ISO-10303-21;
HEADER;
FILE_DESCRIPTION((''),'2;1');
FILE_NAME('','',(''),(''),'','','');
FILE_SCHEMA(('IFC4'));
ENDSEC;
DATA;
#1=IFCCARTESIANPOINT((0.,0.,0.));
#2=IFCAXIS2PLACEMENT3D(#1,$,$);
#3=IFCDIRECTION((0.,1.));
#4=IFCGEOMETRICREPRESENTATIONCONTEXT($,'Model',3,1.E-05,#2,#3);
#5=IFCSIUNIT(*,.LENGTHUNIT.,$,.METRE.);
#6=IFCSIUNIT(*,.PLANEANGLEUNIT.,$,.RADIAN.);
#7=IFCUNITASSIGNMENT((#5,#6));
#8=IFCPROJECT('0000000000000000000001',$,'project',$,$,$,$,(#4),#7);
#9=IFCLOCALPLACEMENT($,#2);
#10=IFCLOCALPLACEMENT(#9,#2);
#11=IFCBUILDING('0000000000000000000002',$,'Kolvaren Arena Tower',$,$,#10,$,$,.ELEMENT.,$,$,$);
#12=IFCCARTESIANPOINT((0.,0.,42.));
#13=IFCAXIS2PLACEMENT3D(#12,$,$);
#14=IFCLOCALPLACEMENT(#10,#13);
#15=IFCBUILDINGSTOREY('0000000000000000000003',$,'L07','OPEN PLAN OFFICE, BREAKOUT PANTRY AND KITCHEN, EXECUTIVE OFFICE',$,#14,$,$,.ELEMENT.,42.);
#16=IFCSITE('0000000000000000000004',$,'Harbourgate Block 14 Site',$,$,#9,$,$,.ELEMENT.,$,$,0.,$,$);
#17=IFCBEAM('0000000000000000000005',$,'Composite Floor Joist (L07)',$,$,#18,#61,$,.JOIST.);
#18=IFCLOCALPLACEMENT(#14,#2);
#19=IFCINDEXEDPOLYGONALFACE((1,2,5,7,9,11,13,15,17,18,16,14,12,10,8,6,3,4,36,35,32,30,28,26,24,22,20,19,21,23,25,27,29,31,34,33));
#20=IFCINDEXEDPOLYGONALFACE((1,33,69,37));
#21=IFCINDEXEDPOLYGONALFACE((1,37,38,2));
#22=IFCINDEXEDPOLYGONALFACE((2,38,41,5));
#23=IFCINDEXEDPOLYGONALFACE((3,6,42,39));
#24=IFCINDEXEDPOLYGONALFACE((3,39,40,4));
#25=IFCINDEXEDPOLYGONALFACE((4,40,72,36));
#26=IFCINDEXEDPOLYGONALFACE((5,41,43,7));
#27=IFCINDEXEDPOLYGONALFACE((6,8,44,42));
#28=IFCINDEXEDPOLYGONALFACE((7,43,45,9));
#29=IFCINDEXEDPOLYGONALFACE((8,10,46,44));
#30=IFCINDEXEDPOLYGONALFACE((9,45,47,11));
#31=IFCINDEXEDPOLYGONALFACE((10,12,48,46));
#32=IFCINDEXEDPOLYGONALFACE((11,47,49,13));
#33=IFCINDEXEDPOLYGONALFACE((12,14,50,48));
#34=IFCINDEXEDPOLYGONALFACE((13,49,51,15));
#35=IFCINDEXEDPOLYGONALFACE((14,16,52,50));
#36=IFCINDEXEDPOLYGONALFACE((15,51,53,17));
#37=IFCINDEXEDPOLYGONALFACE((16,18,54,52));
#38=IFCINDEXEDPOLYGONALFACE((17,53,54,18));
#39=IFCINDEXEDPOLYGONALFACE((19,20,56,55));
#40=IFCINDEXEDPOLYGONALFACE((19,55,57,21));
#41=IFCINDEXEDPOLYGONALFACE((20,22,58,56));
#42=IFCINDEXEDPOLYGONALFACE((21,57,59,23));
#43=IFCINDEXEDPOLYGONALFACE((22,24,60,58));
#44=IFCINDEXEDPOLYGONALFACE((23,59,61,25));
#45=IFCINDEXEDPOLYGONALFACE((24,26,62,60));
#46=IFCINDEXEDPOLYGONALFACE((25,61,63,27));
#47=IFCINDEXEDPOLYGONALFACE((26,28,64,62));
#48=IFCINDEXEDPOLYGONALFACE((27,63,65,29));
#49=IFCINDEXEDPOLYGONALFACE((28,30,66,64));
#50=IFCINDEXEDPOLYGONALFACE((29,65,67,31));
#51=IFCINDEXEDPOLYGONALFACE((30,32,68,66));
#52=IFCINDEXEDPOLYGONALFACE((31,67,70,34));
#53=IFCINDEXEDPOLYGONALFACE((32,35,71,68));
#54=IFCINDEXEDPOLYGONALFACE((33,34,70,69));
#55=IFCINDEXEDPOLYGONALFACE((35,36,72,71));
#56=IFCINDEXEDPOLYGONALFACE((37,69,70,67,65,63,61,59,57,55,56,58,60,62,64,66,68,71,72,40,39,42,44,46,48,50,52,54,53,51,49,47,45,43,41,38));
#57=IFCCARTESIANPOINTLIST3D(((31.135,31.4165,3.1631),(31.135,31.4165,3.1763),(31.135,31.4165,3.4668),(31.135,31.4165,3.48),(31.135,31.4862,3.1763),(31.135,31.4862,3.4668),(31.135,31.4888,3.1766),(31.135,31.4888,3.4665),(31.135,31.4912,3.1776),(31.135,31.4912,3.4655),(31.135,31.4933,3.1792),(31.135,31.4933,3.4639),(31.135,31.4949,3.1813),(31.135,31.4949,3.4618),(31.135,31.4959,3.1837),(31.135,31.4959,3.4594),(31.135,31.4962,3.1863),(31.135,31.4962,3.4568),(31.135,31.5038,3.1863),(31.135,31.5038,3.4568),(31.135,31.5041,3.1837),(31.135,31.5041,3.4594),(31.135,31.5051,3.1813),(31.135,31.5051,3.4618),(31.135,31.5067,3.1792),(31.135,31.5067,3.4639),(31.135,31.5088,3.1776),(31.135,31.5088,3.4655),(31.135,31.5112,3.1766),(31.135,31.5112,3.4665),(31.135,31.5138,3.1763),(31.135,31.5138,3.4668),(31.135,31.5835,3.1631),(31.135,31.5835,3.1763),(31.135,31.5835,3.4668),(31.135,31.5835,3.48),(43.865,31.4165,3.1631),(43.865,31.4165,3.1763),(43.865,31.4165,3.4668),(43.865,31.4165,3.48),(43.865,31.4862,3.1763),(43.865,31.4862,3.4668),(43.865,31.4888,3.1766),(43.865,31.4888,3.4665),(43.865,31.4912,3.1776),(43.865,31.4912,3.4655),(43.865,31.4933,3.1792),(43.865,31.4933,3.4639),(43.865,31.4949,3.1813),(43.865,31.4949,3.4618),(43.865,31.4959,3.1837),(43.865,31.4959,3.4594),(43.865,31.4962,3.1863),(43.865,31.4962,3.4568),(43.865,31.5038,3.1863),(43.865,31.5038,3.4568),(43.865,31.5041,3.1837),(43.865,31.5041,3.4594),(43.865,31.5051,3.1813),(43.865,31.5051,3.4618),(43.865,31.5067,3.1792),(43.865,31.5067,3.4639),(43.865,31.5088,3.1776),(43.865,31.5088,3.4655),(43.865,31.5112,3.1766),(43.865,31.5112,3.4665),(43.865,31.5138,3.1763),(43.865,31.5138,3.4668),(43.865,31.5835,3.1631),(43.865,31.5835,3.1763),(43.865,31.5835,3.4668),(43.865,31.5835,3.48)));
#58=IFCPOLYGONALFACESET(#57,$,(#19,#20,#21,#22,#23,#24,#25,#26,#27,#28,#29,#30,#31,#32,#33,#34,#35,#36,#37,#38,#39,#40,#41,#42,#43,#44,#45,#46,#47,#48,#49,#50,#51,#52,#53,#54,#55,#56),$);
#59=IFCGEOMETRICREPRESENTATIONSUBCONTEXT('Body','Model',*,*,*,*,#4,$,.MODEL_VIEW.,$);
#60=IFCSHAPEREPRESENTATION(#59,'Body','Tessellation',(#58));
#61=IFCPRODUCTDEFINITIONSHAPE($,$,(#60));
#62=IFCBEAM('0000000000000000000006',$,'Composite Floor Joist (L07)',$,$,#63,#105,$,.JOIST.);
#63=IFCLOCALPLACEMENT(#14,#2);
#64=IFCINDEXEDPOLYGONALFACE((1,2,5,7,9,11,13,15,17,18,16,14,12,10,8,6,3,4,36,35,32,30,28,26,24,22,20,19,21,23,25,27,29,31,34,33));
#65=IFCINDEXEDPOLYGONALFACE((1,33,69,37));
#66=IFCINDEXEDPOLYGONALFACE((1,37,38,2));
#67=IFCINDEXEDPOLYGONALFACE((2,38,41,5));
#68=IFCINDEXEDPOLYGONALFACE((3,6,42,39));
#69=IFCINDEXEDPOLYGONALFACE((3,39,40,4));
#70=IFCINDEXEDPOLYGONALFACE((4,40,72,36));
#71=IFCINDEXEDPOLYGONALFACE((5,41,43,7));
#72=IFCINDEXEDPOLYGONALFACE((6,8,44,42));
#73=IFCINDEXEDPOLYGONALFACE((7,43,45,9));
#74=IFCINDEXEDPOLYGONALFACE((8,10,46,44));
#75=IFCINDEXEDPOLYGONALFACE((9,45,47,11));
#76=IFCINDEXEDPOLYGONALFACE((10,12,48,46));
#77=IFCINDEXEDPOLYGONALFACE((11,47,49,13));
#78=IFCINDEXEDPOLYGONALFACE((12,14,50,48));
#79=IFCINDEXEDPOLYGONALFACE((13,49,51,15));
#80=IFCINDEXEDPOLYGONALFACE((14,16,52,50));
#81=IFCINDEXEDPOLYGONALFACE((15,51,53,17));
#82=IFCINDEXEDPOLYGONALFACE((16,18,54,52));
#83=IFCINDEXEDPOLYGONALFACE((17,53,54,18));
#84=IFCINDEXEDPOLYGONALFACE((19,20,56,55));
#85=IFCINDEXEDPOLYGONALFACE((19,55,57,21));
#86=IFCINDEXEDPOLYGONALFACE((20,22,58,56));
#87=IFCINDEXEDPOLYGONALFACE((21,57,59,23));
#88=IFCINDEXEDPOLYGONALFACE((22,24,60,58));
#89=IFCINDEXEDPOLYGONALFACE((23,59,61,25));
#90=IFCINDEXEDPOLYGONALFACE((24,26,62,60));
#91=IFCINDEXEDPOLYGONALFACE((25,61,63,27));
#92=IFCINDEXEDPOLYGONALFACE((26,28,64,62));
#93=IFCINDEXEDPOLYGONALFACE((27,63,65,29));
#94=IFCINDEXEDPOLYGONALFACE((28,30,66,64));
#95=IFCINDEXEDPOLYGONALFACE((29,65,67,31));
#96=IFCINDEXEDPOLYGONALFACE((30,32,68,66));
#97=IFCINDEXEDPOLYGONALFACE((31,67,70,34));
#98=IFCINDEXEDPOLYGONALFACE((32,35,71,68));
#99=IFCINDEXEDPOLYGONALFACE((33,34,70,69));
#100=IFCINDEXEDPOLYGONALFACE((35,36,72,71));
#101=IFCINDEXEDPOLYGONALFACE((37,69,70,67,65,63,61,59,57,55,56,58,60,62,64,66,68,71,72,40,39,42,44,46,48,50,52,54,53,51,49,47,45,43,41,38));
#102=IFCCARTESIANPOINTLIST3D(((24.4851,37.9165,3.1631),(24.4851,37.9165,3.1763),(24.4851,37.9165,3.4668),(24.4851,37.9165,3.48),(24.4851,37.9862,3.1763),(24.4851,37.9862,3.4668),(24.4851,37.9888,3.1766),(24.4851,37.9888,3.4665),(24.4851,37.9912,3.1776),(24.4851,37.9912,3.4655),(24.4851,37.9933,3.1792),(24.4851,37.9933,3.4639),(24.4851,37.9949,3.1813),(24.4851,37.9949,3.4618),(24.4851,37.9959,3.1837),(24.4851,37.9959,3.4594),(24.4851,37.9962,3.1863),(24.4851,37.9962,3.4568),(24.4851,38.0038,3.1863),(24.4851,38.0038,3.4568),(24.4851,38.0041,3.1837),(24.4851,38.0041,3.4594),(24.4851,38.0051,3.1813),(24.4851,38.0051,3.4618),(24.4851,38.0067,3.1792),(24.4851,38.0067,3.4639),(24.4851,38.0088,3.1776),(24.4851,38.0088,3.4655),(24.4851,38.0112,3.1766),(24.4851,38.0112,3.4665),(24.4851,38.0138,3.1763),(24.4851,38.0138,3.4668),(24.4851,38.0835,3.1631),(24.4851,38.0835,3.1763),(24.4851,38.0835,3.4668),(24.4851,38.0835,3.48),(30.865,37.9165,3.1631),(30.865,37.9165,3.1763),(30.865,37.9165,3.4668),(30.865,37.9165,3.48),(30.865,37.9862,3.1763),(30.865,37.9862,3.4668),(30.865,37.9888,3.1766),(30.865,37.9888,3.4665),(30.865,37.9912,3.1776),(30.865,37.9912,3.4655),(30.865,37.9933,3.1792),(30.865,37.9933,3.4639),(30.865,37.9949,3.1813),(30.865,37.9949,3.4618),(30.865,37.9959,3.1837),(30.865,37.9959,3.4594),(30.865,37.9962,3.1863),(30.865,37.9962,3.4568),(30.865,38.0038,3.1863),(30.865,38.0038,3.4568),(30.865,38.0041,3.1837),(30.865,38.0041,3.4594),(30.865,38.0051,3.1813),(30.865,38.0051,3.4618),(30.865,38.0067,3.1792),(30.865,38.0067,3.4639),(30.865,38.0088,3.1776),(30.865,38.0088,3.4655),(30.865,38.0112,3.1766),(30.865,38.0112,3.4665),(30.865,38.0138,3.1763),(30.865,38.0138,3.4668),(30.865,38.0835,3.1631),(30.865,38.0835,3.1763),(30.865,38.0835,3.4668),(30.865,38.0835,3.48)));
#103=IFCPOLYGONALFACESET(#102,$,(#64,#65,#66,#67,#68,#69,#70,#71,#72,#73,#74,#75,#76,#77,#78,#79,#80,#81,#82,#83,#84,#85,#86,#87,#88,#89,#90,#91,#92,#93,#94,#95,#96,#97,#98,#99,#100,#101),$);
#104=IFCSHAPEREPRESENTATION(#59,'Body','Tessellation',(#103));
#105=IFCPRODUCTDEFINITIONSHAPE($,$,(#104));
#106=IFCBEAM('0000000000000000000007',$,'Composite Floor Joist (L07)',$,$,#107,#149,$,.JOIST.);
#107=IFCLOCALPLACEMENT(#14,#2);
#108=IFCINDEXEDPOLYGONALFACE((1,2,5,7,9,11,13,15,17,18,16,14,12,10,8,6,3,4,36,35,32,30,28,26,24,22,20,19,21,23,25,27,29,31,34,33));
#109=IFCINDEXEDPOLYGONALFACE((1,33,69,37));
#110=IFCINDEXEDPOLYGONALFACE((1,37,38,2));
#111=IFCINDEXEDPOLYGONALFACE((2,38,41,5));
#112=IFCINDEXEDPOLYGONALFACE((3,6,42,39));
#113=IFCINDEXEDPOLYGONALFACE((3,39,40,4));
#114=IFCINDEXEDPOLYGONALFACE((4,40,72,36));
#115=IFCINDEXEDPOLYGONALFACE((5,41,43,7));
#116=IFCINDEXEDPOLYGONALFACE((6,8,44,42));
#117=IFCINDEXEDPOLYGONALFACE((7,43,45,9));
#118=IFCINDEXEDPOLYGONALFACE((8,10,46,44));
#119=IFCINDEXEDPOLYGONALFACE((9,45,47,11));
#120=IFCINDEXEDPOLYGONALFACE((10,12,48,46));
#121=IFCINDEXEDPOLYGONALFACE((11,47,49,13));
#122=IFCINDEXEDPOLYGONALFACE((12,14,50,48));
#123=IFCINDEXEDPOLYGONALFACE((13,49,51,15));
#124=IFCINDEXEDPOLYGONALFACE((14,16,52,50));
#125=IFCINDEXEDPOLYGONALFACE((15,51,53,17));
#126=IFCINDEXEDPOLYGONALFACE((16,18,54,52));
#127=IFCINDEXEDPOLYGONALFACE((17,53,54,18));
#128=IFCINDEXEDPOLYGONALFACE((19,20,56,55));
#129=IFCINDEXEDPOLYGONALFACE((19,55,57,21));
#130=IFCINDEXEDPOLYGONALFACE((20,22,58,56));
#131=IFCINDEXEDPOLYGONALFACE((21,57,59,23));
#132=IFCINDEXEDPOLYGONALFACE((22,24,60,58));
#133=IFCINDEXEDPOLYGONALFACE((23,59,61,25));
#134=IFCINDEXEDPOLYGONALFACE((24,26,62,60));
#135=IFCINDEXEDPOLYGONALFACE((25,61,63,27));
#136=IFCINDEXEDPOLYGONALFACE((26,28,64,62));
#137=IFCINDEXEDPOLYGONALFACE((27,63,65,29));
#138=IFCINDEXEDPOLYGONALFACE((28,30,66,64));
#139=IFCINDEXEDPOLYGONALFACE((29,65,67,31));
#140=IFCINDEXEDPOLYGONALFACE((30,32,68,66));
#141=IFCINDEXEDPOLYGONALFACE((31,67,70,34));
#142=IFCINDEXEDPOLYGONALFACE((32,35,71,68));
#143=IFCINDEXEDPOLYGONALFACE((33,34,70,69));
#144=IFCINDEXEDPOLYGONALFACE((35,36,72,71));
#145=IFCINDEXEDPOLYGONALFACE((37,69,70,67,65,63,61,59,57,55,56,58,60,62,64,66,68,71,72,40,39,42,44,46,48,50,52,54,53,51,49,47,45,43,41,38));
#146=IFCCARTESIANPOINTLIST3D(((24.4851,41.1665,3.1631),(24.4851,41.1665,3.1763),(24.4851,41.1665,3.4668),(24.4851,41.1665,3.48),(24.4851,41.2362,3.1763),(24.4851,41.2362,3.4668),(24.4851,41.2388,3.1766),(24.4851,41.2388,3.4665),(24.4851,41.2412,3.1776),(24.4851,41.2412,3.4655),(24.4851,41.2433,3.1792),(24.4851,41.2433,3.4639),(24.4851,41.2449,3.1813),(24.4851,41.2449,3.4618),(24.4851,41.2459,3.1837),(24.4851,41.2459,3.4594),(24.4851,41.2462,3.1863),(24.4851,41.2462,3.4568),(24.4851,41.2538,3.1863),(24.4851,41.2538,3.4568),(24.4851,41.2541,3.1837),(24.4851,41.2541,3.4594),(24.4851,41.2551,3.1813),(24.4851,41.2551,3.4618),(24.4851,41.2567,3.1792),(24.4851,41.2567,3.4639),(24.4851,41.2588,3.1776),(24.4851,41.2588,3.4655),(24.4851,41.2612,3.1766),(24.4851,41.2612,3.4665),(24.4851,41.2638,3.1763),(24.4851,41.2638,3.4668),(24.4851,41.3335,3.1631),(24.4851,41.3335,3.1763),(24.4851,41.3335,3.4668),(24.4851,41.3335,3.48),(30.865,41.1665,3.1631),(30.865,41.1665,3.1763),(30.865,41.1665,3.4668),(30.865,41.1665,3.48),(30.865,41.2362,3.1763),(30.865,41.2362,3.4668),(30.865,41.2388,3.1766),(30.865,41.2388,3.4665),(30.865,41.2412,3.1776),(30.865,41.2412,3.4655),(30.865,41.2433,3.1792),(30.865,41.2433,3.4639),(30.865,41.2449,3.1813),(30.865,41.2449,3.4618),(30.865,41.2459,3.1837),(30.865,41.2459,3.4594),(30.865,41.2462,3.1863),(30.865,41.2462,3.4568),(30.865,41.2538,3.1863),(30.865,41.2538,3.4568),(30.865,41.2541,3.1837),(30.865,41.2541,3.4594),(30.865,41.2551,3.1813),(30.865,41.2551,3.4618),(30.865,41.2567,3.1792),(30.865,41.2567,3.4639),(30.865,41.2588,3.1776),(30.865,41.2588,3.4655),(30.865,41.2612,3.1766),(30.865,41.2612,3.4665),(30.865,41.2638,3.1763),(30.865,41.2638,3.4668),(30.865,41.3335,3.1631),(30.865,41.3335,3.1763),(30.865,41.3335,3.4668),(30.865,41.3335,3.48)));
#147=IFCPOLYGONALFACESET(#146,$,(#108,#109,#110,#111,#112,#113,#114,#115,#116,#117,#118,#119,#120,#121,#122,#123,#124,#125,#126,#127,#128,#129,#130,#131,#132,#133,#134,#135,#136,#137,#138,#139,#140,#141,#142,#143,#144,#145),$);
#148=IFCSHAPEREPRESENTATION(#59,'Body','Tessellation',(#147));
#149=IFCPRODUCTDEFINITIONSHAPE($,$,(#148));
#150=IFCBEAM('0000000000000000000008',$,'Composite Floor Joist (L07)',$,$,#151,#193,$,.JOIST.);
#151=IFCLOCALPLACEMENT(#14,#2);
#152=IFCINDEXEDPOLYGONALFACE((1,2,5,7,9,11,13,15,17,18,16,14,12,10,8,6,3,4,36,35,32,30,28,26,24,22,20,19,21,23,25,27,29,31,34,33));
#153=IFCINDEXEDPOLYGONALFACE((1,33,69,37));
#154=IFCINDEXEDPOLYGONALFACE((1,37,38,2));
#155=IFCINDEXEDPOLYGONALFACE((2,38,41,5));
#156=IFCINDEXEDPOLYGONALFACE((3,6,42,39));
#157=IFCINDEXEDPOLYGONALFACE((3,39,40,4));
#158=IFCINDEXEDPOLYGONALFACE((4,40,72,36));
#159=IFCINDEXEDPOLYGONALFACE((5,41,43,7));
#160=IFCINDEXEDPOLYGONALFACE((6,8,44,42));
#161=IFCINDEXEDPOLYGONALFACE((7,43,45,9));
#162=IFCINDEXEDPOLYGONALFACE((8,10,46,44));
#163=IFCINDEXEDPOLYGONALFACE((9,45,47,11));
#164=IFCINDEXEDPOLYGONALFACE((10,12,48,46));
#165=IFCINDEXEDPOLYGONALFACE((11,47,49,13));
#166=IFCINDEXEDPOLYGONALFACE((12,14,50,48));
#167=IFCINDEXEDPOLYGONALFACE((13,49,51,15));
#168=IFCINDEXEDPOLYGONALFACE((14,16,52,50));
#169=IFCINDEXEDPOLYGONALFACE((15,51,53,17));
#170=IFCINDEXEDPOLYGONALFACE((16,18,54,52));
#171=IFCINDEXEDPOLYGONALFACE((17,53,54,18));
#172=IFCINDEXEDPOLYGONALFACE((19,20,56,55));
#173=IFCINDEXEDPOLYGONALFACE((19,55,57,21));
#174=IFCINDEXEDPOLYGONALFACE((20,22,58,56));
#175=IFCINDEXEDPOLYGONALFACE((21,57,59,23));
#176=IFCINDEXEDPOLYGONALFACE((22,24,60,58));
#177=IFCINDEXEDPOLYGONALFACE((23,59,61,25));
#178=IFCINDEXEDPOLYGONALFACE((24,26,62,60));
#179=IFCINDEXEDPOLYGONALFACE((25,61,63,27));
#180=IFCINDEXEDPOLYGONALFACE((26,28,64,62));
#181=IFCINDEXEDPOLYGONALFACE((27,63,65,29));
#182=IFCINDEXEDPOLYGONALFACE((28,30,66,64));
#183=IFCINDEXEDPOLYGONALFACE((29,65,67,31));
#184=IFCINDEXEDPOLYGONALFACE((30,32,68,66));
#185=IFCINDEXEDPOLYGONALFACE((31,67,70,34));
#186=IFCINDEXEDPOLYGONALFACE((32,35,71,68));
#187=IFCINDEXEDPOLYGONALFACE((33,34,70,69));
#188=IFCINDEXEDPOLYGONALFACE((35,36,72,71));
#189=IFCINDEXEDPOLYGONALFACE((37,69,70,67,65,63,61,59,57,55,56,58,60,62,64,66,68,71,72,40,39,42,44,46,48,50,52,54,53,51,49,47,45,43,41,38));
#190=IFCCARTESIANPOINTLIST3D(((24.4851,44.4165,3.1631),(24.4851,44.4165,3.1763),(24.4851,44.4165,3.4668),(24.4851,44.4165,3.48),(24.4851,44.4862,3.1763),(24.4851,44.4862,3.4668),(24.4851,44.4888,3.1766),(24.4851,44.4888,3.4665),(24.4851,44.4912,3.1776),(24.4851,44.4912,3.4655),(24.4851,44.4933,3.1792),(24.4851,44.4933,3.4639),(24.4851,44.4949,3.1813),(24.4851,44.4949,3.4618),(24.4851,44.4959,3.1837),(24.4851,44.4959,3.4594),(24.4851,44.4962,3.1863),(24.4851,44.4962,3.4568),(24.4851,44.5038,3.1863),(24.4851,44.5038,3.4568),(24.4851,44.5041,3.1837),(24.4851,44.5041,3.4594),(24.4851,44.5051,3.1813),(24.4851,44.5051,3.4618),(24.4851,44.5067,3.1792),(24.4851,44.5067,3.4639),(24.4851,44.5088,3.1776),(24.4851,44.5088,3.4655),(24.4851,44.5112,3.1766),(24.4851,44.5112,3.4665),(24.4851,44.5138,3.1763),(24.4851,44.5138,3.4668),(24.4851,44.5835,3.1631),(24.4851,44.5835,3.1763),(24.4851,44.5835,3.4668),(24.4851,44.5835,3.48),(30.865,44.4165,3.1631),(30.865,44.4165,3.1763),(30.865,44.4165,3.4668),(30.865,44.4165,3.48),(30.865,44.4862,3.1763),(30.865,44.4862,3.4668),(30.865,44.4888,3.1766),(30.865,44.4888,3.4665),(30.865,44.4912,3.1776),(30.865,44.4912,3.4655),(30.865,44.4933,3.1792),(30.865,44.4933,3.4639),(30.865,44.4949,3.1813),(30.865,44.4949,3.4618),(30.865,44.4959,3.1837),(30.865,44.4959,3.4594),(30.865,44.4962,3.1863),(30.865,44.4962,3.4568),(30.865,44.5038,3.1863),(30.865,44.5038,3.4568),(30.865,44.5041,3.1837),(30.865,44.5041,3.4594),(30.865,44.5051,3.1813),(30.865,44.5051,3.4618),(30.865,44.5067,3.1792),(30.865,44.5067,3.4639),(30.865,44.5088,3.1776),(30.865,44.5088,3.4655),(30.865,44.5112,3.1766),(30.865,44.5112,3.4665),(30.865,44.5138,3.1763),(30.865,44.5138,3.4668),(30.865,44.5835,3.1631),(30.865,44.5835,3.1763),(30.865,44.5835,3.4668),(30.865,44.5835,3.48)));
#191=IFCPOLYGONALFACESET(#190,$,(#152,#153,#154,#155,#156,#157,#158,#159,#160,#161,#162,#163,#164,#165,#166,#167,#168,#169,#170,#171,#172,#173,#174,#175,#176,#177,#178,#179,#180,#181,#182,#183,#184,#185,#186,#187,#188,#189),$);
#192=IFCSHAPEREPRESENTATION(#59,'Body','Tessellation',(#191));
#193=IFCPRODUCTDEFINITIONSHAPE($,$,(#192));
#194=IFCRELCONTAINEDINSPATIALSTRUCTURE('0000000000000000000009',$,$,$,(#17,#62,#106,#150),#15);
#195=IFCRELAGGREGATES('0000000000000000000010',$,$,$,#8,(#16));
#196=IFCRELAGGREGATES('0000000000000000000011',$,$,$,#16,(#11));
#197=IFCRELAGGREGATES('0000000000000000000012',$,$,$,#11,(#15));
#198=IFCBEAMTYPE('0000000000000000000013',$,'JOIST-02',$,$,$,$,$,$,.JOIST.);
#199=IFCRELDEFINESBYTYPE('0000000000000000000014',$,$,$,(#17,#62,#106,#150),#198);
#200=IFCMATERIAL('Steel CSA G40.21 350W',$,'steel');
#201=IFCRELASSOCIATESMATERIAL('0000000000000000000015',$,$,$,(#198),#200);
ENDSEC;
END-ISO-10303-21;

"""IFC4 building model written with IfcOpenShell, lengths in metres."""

from ifc_helpers import new_model, si_unit, direction, frame, origin, origin_2d, place, context, subcontext, project, spatial, i_section, extrude, material, material_profile, profile_set, type_object, element, save


model = new_model("IFC4")

# Units and contexts
model_context = context("Model", 3, precision=1e-05, world=origin(), true_north=direction((0.0, 1.0)))
body_context = subcontext(model_context, "Body", "Model", "MODEL_VIEW")
ifc_project = project(units=[si_unit("LENGTHUNIT", "METRE"), si_unit("PLANEANGLEUNIT", "RADIAN")], contexts=[model_context])

# Site, building, storey
site_placement = place(None, origin())
site = spatial("IfcSite", under=ifc_project, at=site_placement, Name="Harbourgate Block 14 Site", CompositionType="ELEMENT", RefElevation=0.0)
building_placement = place(site_placement, origin())
building = spatial("IfcBuilding", under=site, at=building_placement, Name="Kolvaren Arena Tower", CompositionType="ELEMENT")
storey_placement = place(building_placement, frame((0.0, 0.0, 42.0)))
storey = spatial("IfcBuildingStorey", under=building, at=storey_placement, Name="L07", Description="OPEN PLAN OFFICE, BREAKOUT PANTRY AND KITCHEN, EXECUTIVE OFFICE", CompositionType="ELEMENT", Elevation=42.0)

# Beams
ifc_material_1 = material(Name="Steel CSA G40.21 350W", Category="steel")
ifc_material_profile_1 = material_profile(ifc_material_1, i_section(OverallWidth=0.167, OverallDepth=0.3169, WebThickness=0.0076, FlangeThickness=0.0132, FilletRadius=0.01, at=origin_2d()), Name="W310x52")
ifc_profile_set_1 = profile_set([ifc_material_profile_1], Name="Steel CSA G40.21 350W")
beam_type_1 = type_object("IfcBeamType", Name="JOIST-02", PredefinedType="JOIST", material=ifc_profile_set_1)
beam_1_placement = place(storey_placement, frame((31.135, 31.5, 3.3215), z_axis=(1.0, 0.0, 0.0), x_axis=(0.0, 1.0, 0.0)))
element("IfcBeam", 1, at=beam_1_placement, inside=storey, type_object=beam_type_1, Name="Composite Floor Joist (L07)", PredefinedType="JOIST", context=body_context, shape_type="SweptSolid", body=[
    extrude(i_section(OverallWidth=0.167, OverallDepth=0.3169, WebThickness=0.0076, FlangeThickness=0.0132, FilletRadius=0.01, at=origin_2d()), origin(), (0.0, 0.0, 1.0), 12.73),
])
for number, where, z_axis, x_axis, name in (
    (2, (24.4851, 38.0, 3.3215), (1.0, 0.0, 0.0), (0.0, 1.0, 0.0), "Composite Floor Joist (L07)"),
    (3, (24.4851, 41.25, 3.3215), (1.0, 0.0, 0.0), (0.0, 1.0, 0.0), "Composite Floor Joist (L07)"),
    (4, (24.4851, 44.5, 3.3215), (1.0, 0.0, 0.0), (0.0, 1.0, 0.0), "Composite Floor Joist (L07)"),
):
    element("IfcBeam", number, at=place(storey_placement, frame(where, z_axis=z_axis, x_axis=x_axis)), inside=storey, type_object=beam_type_1, Name=name, PredefinedType="JOIST", context=body_context, shape_type="SweptSolid", body=[
        extrude(i_section(OverallWidth=0.167, OverallDepth=0.3169, WebThickness=0.0076, FlangeThickness=0.0132, FilletRadius=0.01, at=origin_2d()), origin(), (0.0, 0.0, 1.0), 6.3799),
    ])

save(model, "model.ifc")
